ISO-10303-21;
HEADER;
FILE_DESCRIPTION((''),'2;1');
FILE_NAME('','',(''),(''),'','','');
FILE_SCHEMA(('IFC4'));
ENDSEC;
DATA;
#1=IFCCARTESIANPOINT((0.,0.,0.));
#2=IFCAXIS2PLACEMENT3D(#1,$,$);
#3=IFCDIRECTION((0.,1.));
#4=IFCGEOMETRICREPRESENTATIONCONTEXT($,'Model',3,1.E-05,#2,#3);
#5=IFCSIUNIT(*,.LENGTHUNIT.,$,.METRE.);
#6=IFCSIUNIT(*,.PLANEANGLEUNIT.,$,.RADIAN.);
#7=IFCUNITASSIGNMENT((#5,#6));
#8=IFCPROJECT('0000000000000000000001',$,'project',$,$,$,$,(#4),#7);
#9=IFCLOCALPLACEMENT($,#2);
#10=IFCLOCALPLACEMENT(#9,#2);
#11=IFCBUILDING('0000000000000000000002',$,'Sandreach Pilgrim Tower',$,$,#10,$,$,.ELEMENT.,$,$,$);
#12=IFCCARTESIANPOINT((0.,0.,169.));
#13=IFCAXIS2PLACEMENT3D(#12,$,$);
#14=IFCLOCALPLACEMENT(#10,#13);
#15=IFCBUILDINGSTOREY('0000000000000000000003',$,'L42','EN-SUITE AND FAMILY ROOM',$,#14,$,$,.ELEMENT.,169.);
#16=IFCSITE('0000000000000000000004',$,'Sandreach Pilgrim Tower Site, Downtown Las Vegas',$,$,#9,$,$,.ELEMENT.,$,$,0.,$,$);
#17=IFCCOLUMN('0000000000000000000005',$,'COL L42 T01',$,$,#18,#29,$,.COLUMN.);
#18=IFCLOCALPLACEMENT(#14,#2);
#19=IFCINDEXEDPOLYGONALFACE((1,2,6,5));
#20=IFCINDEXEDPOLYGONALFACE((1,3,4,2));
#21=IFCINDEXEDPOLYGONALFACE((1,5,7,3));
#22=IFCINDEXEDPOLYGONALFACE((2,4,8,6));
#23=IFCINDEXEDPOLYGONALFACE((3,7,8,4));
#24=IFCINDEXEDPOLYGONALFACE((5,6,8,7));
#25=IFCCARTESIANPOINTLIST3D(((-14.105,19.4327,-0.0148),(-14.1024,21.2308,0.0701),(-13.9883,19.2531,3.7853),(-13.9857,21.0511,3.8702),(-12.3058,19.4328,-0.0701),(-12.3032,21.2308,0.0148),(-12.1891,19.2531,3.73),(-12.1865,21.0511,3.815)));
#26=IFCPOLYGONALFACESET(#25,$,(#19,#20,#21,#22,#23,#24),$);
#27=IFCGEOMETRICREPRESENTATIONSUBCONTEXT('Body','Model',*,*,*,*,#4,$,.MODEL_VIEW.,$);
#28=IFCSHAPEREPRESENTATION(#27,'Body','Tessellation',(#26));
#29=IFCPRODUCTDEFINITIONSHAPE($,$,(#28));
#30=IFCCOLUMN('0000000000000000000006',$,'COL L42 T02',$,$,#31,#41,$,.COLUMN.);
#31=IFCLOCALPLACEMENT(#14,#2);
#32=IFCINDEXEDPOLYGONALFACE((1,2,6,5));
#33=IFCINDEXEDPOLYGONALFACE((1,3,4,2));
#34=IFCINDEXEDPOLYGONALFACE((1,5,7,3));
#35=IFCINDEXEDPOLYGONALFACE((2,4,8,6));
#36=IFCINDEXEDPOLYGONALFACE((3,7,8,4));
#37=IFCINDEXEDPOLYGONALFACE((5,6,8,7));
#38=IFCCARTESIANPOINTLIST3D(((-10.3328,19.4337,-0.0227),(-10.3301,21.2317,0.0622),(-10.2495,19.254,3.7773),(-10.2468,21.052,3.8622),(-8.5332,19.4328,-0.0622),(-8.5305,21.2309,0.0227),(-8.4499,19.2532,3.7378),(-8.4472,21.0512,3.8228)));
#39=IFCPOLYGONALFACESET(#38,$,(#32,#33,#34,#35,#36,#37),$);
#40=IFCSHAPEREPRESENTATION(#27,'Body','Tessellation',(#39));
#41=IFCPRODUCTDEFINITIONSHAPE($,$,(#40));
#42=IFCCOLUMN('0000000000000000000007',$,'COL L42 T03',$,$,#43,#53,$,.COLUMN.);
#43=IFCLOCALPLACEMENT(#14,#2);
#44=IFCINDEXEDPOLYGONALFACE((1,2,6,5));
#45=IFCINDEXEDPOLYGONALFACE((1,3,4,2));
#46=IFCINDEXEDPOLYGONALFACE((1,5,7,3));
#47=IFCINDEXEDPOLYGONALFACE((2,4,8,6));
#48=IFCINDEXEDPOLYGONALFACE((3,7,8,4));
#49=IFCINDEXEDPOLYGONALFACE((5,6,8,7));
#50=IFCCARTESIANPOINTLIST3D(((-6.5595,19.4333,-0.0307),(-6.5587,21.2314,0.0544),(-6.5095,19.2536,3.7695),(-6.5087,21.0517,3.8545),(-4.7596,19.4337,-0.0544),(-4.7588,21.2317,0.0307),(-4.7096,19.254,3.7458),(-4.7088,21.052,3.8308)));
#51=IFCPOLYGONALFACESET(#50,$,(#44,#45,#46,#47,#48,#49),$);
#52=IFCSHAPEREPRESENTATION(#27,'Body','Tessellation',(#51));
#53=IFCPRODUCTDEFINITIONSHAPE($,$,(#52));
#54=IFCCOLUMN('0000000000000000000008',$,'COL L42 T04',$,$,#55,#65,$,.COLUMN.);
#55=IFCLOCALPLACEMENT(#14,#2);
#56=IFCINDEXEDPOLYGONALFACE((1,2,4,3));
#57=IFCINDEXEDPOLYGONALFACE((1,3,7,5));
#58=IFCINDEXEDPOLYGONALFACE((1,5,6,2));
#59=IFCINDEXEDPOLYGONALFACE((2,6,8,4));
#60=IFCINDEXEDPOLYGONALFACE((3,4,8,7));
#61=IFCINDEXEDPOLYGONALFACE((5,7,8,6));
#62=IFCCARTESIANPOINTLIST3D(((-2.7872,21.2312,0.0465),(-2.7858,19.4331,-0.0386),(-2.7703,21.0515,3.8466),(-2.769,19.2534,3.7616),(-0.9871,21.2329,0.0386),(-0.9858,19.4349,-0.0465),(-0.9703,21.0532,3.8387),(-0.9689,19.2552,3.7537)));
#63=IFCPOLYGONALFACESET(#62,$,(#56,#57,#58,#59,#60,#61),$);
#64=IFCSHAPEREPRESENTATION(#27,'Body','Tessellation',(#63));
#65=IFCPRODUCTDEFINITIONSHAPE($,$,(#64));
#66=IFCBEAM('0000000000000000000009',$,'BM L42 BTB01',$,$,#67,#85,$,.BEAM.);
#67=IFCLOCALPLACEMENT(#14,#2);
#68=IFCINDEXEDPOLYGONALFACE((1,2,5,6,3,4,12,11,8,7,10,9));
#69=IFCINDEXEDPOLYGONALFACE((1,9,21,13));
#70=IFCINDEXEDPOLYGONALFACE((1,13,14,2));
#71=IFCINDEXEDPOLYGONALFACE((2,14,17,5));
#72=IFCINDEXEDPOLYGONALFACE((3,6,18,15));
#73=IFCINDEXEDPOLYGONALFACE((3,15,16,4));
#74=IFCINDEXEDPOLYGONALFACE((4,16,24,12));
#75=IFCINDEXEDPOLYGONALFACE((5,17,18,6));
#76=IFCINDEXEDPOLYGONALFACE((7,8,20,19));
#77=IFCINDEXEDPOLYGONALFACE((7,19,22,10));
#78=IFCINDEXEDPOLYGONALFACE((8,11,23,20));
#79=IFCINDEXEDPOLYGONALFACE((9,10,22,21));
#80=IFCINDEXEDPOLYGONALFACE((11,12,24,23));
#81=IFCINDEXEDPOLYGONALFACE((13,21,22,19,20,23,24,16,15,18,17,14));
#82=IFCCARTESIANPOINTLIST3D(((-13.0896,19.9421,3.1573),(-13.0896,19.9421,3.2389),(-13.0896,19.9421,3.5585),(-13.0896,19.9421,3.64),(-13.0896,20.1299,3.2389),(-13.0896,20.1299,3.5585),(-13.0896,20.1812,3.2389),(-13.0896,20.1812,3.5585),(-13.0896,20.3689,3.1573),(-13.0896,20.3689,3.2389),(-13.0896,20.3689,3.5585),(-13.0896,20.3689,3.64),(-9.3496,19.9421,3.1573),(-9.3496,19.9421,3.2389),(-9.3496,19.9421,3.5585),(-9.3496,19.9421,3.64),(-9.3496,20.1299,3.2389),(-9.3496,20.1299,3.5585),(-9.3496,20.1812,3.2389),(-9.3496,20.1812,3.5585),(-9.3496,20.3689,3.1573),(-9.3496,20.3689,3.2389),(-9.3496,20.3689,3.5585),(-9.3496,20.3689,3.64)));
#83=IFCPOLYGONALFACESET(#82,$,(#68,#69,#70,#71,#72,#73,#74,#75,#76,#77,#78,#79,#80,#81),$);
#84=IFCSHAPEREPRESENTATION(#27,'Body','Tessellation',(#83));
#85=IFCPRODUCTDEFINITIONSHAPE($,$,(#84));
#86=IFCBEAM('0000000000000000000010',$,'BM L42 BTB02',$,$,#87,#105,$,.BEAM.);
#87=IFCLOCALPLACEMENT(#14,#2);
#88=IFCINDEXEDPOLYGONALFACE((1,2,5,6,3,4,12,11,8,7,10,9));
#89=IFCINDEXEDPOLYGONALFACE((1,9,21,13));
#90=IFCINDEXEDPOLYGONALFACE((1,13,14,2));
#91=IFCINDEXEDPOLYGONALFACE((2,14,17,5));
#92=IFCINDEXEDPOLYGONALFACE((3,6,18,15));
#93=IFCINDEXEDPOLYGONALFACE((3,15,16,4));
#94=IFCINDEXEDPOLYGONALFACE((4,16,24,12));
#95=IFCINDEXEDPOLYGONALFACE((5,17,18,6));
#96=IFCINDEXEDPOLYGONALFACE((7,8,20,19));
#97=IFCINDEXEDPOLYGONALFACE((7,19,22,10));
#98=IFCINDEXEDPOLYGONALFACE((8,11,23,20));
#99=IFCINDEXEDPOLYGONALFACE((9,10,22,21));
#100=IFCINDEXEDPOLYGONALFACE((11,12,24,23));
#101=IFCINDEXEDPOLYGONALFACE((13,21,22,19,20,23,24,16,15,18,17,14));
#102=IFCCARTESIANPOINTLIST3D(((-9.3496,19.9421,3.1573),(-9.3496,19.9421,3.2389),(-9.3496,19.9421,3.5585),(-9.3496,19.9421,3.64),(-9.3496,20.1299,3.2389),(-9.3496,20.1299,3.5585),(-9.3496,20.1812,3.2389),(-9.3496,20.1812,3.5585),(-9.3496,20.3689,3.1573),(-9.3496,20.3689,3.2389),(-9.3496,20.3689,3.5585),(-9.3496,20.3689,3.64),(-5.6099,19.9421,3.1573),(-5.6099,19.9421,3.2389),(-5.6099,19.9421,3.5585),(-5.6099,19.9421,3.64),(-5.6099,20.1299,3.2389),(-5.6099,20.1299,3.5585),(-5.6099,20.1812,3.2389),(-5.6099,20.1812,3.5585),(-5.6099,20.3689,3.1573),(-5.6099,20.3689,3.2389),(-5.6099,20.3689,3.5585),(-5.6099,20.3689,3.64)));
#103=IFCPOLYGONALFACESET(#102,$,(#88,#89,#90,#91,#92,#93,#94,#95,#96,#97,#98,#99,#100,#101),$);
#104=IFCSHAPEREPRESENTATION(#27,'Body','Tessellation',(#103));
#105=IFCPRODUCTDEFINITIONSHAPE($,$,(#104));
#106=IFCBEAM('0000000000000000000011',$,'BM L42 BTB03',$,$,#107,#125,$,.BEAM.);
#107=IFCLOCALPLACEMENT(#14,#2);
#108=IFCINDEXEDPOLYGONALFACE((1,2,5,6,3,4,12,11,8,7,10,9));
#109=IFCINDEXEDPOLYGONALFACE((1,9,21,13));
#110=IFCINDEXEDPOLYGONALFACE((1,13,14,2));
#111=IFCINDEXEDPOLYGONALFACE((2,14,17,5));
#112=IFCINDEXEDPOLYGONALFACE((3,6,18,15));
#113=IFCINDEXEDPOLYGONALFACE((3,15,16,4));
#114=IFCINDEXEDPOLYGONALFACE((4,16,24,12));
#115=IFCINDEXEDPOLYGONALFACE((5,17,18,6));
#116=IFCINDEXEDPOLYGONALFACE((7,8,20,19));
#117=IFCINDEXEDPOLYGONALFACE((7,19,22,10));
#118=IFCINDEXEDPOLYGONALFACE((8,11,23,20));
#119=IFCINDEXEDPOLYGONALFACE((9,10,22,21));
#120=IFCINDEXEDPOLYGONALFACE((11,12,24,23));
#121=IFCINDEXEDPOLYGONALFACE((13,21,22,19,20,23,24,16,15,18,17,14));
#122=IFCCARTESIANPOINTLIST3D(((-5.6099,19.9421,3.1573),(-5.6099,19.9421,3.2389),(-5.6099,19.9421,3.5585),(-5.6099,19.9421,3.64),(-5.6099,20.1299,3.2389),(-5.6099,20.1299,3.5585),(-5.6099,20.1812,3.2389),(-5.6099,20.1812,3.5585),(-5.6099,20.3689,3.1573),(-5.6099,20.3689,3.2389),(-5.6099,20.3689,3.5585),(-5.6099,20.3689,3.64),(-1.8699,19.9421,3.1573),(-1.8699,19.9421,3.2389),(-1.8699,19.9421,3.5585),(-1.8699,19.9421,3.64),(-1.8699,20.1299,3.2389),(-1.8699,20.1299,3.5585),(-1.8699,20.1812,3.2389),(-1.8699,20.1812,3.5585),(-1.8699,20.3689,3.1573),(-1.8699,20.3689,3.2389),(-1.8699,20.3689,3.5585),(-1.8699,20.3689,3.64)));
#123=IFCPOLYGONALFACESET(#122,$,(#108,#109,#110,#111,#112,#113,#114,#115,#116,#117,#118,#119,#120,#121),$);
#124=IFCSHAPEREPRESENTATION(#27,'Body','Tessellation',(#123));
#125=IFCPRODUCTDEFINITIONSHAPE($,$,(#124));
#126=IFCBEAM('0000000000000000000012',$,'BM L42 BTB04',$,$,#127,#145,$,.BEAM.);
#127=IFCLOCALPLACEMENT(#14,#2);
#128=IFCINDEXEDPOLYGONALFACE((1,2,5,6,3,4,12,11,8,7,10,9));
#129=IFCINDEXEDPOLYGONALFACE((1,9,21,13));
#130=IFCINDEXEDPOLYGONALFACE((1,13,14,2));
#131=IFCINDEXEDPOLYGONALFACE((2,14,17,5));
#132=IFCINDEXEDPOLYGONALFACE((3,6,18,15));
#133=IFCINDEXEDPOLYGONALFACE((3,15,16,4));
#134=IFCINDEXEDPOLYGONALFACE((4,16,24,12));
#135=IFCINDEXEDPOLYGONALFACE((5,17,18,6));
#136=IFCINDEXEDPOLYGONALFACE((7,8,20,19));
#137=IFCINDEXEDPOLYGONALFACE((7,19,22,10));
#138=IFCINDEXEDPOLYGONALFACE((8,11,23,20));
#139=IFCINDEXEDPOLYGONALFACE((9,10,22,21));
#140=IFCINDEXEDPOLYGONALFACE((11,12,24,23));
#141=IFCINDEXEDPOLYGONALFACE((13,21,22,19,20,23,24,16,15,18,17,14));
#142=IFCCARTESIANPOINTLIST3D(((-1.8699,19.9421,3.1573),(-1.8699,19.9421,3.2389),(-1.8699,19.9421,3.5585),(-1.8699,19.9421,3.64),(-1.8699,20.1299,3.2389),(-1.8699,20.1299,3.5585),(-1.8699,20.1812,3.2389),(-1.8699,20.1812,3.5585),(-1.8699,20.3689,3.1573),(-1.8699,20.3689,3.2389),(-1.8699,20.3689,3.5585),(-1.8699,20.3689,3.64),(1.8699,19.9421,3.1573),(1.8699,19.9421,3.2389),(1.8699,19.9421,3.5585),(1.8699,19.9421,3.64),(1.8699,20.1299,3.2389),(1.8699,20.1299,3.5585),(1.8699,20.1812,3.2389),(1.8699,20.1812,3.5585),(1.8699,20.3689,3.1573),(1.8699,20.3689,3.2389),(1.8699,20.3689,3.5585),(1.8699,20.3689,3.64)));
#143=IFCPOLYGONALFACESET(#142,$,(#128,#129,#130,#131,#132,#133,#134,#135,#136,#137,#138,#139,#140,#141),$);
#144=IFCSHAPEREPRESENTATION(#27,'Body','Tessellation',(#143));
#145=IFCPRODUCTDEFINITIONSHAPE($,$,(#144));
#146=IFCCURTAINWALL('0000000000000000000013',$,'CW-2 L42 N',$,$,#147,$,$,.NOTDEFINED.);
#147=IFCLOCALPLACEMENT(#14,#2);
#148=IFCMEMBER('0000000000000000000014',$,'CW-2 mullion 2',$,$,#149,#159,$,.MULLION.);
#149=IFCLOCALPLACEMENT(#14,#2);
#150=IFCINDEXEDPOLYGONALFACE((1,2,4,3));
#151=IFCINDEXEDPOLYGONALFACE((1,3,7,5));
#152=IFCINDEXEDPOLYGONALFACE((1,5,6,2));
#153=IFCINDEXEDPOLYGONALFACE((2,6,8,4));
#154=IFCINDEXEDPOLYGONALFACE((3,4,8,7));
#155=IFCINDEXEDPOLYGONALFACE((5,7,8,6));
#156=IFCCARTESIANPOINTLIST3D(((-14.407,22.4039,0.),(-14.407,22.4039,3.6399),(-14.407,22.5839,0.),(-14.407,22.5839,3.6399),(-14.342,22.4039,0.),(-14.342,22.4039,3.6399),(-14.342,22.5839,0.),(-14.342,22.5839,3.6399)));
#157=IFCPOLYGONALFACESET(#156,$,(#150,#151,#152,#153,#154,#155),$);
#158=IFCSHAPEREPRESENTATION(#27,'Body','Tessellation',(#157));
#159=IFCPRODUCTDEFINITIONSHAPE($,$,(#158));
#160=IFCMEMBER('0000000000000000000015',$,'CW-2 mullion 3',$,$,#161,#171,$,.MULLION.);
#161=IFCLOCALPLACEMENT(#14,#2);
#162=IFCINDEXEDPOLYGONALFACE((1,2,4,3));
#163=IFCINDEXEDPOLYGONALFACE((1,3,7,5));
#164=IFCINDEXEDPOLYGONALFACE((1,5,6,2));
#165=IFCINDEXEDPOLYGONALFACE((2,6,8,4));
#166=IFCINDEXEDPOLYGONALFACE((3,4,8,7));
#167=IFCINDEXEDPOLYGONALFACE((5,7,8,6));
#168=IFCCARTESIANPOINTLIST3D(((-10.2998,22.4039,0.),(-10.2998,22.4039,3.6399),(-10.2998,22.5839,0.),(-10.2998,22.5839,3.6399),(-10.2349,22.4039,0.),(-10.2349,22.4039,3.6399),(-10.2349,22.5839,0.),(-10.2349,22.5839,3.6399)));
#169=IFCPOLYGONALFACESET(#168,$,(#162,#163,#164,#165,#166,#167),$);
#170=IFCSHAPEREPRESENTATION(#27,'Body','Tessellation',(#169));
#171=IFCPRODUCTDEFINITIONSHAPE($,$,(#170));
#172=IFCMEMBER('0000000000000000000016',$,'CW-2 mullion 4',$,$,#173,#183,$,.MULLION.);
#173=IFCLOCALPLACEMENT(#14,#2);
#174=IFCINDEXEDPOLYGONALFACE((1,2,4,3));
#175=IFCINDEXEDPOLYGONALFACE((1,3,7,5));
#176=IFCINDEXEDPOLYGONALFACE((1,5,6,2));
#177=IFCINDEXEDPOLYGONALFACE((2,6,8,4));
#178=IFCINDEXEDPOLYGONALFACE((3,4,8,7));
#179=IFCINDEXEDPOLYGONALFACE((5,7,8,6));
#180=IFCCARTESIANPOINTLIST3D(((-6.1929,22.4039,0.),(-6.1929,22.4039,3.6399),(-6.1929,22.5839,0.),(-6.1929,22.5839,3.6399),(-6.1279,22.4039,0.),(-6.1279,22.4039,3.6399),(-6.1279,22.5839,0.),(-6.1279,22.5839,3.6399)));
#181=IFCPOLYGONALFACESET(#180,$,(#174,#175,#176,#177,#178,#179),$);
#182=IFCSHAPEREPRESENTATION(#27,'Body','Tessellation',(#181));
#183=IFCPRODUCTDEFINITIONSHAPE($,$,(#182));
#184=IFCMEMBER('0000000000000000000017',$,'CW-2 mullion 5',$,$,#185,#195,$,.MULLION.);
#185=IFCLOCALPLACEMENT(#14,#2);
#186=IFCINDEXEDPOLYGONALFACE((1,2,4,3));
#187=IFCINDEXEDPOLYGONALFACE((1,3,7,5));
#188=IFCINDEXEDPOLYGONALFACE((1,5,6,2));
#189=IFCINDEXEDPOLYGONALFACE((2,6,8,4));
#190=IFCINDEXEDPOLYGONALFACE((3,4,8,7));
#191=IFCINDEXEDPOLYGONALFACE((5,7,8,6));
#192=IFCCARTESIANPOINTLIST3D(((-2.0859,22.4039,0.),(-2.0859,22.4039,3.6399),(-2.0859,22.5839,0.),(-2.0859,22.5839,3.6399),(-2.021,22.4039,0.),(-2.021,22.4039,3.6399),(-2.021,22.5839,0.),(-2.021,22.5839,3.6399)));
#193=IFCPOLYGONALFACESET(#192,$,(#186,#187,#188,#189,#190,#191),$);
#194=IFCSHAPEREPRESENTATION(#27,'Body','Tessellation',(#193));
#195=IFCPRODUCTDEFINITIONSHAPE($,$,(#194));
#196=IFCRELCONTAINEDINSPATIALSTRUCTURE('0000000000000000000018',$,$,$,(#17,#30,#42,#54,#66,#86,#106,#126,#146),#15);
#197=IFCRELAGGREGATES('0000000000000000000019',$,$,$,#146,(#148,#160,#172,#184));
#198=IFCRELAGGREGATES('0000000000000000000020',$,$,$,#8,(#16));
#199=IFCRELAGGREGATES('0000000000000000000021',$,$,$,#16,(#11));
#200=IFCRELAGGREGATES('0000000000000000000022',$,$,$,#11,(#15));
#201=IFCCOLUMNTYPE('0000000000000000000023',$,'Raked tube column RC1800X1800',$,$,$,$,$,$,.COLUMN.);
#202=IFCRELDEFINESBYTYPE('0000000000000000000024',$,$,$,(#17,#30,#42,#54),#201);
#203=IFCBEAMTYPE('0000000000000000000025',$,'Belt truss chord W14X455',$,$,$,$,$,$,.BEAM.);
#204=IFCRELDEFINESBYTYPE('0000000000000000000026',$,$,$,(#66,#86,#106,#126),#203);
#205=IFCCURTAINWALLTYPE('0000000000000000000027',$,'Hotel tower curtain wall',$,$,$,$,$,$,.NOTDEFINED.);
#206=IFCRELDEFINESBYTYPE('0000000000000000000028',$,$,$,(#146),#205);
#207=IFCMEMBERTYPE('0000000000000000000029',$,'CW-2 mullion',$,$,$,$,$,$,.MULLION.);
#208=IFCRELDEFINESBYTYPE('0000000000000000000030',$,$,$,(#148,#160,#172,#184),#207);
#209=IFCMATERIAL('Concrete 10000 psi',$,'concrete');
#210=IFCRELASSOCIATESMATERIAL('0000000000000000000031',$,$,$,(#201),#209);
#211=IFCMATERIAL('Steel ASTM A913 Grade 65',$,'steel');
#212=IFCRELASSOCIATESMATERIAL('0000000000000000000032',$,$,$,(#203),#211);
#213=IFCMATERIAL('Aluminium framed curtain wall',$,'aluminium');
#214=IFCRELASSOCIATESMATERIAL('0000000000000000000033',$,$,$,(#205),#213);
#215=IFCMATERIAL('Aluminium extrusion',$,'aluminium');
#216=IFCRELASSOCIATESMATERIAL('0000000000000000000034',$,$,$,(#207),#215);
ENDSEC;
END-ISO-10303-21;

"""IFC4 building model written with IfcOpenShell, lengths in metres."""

from ifc_helpers import new_model, si_unit, direction, frame, origin, origin_2d, place, context, subcontext, project, spatial, rectangle, i_section, extrude, material, material_profile, profile_set, type_object, element, aggregate, save


model = new_model("IFC4")

# Units and contexts
model_context = context("Model", 3, precision=1e-05, world=origin(), true_north=direction((0.0, 1.0)))
body_context = subcontext(model_context, "Body", "Model", "MODEL_VIEW")
ifc_project = project(units=[si_unit("LENGTHUNIT", "METRE"), si_unit("PLANEANGLEUNIT", "RADIAN")], contexts=[model_context])

# Site, building, storey
site_placement = place(None, origin())
site = spatial("IfcSite", under=ifc_project, at=site_placement, Name="Sandreach Pilgrim Tower Site, Downtown Las Vegas", CompositionType="ELEMENT", RefElevation=0.0)
building_placement = place(site_placement, origin())
building = spatial("IfcBuilding", under=site, at=building_placement, Name="Sandreach Pilgrim Tower", CompositionType="ELEMENT")
storey_placement = place(building_placement, frame((0.0, 0.0, 169.0)))
storey = spatial("IfcBuildingStorey", under=building, at=storey_placement, Name="L42", Description="EN-SUITE AND FAMILY ROOM", CompositionType="ELEMENT", Elevation=169.0)

# Columns
ifc_material_1 = material(Name="Concrete 10000 psi", Category="concrete")
ifc_material_profile_1 = material_profile(ifc_material_1, rectangle(XDim=1.8, YDim=1.8, at=origin_2d()), Name="RC1800X1800")
ifc_profile_set_1 = profile_set([ifc_material_profile_1], Name="Concrete 10000 psi")
column_type = type_object("IfcColumnType", Name="Raked tube column RC1800X1800", PredefinedType="COLUMN", material=ifc_profile_set_1)
column_1_placement = place(storey_placement, frame((-13.2041, 20.3318, 0.0), z_axis=(0.030661, -0.047211, 0.998414), x_axis=(0.00143, 0.998885, 0.047189)))
element("IfcColumn", 1, at=column_1_placement, inside=storey, type_object=column_type, Name="COL L42 T01", PredefinedType="COLUMN", context=body_context, shape_type="SweptSolid", body=[
    extrude(rectangle(XDim=1.8, YDim=1.8, at=origin_2d()), origin(), (0.0, 0.0, 1.0), 3.8062),
])
column_2_placement = place(storey_placement, frame((-9.4316, 20.3323, 0.0), z_axis=(0.021878, -0.047221, 0.998645), x_axis=(0.001498, 0.998884, 0.0472)))
element("IfcColumn", 2, at=column_2_placement, inside=storey, type_object=column_type, Name="COL L42 T02", PredefinedType="COLUMN", context=body_context, shape_type="SweptSolid", body=[
    extrude(rectangle(XDim=1.8, YDim=1.8, at=origin_2d()), origin(), (0.0, 0.0, 1.0), 3.8052),
])
column_3_placement = place(storey_placement, frame((-5.6592, 20.3325, 0.0), z_axis=(0.013155, -0.047229, 0.998797), x_axis=(0.000431, 0.998884, 0.047227)))
element("IfcColumn", 3, at=column_3_placement, inside=storey, type_object=column_type, Name="COL L42 T03", PredefinedType="COLUMN", context=body_context, shape_type="SweptSolid", body=[
    extrude(rectangle(XDim=1.8, YDim=1.8, at=origin_2d()), origin(), (0.0, 0.0, 1.0), 3.8047),
])
column_4_placement = place(storey_placement, frame((-1.8865, 20.333, 0.0), z_axis=(0.004428, -0.047232, 0.998874), x_axis=(-0.000758, 0.998883, 0.047236)))
element("IfcColumn", 4, at=column_4_placement, inside=storey, type_object=column_type, Name="COL L42 T04", PredefinedType="COLUMN", context=body_context, shape_type="SweptSolid", body=[
    extrude(rectangle(XDim=1.8, YDim=1.8, at=origin_2d()), origin(), (0.0, 0.0, 1.0), 3.8044),
])

# Beams
ifc_material_2 = material(Name="Steel ASTM A913 Grade 65", Category="steel")
ifc_material_profile_2 = material_profile(ifc_material_2, i_section(OverallWidth=0.4268, OverallDepth=0.4827, WebThickness=0.0513, FlangeThickness=0.0815, at=origin_2d()), Name="W14X455")
ifc_profile_set_2 = profile_set([ifc_material_profile_2], Name="Steel ASTM A913 Grade 65")
beam_type_1 = type_object("IfcBeamType", Name="Belt truss chord W14X455", PredefinedType="BEAM", material=ifc_profile_set_2)
beam_1_placement = place(storey_placement, frame((-13.0896, 20.1555, 3.3987), z_axis=(1.0, 0.0, 0.0), x_axis=(0.0, 1.0, 0.0)))
element("IfcBeam", 5, at=beam_1_placement, inside=storey, type_object=beam_type_1, Name="BM L42 BTB01", PredefinedType="BEAM", context=body_context, shape_type="SweptSolid", body=[
    extrude(i_section(OverallWidth=0.4268, OverallDepth=0.4827, WebThickness=0.0513, FlangeThickness=0.0815, at=origin_2d()), origin(), (0.0, 0.0, 1.0), 3.74),
])
beam_2_placement = place(storey_placement, frame((-9.3496, 20.1555, 3.3987), z_axis=(1.0, 0.0, 0.0), x_axis=(0.0, 1.0, 0.0)))
element("IfcBeam", 6, at=beam_2_placement, inside=storey, type_object=beam_type_1, Name="BM L42 BTB02", PredefinedType="BEAM", context=body_context, shape_type="SweptSolid", body=[
    extrude(i_section(OverallWidth=0.4268, OverallDepth=0.4827, WebThickness=0.0513, FlangeThickness=0.0815, at=origin_2d()), origin(), (0.0, 0.0, 1.0), 3.7397),
])
beam_3_placement = place(storey_placement, frame((-5.6099, 20.1555, 3.3987), z_axis=(1.0, 0.0, 0.0), x_axis=(0.0, 1.0, 0.0)))
element("IfcBeam", 7, at=beam_3_placement, inside=storey, type_object=beam_type_1, Name="BM L42 BTB03", PredefinedType="BEAM", context=body_context, shape_type="SweptSolid", body=[
    extrude(i_section(OverallWidth=0.4268, OverallDepth=0.4827, WebThickness=0.0513, FlangeThickness=0.0815, at=origin_2d()), origin(), (0.0, 0.0, 1.0), 3.74),
])
beam_4_placement = place(storey_placement, frame((-1.8699, 20.1555, 3.3987), z_axis=(1.0, 0.0, 0.0), x_axis=(0.0, 1.0, 0.0)))
element("IfcBeam", 8, at=beam_4_placement, inside=storey, type_object=beam_type_1, Name="BM L42 BTB04", PredefinedType="BEAM", context=body_context, shape_type="SweptSolid", body=[
    extrude(i_section(OverallWidth=0.4268, OverallDepth=0.4827, WebThickness=0.0513, FlangeThickness=0.0815, at=origin_2d()), origin(), (0.0, 0.0, 1.0), 3.7397),
])

# Curtain wall, members
ifc_material_3 = material(Name="Aluminium framed curtain wall", Category="aluminium")
curtain_wall_type = type_object("IfcCurtainWallType", Name="Hotel tower curtain wall", PredefinedType="NOTDEFINED", material=ifc_material_3)
curtain_wall_placement = place(storey_placement, origin())
curtain_wall = element("IfcCurtainWall", 9, at=curtain_wall_placement, inside=storey, type_object=curtain_wall_type, Name="CW-2 L42 N", PredefinedType="NOTDEFINED")
ifc_material_4 = material(Name="Aluminium extrusion", Category="aluminium")
ifc_material_profile_3 = material_profile(ifc_material_4, rectangle(XDim=0.0649, YDim=0.1799, at=origin_2d()), Name="CW-2M 65X180")
ifc_profile_set_3 = profile_set([ifc_material_profile_3], Name="Aluminium extrusion")
member_type_1 = type_object("IfcMemberType", Name="CW-2 mullion", PredefinedType="MULLION", material=ifc_profile_set_3)
member_1_placement = place(storey_placement, frame((-14.3745, 22.4939, 0.0), z_axis=(0.0, 0.0, 1.0), x_axis=(1.0, 0.0, 0.0)))
member_1 = element("IfcMember", 10, at=member_1_placement, type_object=member_type_1, Name="CW-2 mullion 2", PredefinedType="MULLION", context=body_context, shape_type="SweptSolid", body=[
    extrude(rectangle(XDim=0.0649, YDim=0.1799, at=origin_2d()), origin(), (0.0, 0.0, 1.0), 3.6399),
])
member_2_placement = place(storey_placement, frame((-10.2673, 22.4939, 0.0), z_axis=(0.0, 0.0, 1.0), x_axis=(1.0, 0.0, 0.0)))
member_2 = element("IfcMember", 11, at=member_2_placement, type_object=member_type_1, Name="CW-2 mullion 3", PredefinedType="MULLION", context=body_context, shape_type="SweptSolid", body=[
    extrude(rectangle(XDim=0.0649, YDim=0.1799, at=origin_2d()), origin(), (0.0, 0.0, 1.0), 3.6399),
])
member_3_placement = place(storey_placement, frame((-6.1604, 22.4939, 0.0), z_axis=(0.0, 0.0, 1.0), x_axis=(1.0, 0.0, 0.0)))
member_3 = element("IfcMember", 12, at=member_3_placement, type_object=member_type_1, Name="CW-2 mullion 4", PredefinedType="MULLION", context=body_context, shape_type="SweptSolid", body=[
    extrude(rectangle(XDim=0.0649, YDim=0.1799, at=origin_2d()), origin(), (0.0, 0.0, 1.0), 3.6399),
])
member_4_placement = place(storey_placement, frame((-2.0535, 22.4939, 0.0), z_axis=(0.0, 0.0, 1.0), x_axis=(1.0, 0.0, 0.0)))
member_4 = element("IfcMember", 13, at=member_4_placement, type_object=member_type_1, Name="CW-2 mullion 5", PredefinedType="MULLION", context=body_context, shape_type="SweptSolid", body=[
    extrude(rectangle(XDim=0.0649, YDim=0.1799, at=origin_2d()), origin(), (0.0, 0.0, 1.0), 3.6399),
])

aggregate(curtain_wall, [member_1, member_2, member_3, member_4])

save(model, "model.ifc")
